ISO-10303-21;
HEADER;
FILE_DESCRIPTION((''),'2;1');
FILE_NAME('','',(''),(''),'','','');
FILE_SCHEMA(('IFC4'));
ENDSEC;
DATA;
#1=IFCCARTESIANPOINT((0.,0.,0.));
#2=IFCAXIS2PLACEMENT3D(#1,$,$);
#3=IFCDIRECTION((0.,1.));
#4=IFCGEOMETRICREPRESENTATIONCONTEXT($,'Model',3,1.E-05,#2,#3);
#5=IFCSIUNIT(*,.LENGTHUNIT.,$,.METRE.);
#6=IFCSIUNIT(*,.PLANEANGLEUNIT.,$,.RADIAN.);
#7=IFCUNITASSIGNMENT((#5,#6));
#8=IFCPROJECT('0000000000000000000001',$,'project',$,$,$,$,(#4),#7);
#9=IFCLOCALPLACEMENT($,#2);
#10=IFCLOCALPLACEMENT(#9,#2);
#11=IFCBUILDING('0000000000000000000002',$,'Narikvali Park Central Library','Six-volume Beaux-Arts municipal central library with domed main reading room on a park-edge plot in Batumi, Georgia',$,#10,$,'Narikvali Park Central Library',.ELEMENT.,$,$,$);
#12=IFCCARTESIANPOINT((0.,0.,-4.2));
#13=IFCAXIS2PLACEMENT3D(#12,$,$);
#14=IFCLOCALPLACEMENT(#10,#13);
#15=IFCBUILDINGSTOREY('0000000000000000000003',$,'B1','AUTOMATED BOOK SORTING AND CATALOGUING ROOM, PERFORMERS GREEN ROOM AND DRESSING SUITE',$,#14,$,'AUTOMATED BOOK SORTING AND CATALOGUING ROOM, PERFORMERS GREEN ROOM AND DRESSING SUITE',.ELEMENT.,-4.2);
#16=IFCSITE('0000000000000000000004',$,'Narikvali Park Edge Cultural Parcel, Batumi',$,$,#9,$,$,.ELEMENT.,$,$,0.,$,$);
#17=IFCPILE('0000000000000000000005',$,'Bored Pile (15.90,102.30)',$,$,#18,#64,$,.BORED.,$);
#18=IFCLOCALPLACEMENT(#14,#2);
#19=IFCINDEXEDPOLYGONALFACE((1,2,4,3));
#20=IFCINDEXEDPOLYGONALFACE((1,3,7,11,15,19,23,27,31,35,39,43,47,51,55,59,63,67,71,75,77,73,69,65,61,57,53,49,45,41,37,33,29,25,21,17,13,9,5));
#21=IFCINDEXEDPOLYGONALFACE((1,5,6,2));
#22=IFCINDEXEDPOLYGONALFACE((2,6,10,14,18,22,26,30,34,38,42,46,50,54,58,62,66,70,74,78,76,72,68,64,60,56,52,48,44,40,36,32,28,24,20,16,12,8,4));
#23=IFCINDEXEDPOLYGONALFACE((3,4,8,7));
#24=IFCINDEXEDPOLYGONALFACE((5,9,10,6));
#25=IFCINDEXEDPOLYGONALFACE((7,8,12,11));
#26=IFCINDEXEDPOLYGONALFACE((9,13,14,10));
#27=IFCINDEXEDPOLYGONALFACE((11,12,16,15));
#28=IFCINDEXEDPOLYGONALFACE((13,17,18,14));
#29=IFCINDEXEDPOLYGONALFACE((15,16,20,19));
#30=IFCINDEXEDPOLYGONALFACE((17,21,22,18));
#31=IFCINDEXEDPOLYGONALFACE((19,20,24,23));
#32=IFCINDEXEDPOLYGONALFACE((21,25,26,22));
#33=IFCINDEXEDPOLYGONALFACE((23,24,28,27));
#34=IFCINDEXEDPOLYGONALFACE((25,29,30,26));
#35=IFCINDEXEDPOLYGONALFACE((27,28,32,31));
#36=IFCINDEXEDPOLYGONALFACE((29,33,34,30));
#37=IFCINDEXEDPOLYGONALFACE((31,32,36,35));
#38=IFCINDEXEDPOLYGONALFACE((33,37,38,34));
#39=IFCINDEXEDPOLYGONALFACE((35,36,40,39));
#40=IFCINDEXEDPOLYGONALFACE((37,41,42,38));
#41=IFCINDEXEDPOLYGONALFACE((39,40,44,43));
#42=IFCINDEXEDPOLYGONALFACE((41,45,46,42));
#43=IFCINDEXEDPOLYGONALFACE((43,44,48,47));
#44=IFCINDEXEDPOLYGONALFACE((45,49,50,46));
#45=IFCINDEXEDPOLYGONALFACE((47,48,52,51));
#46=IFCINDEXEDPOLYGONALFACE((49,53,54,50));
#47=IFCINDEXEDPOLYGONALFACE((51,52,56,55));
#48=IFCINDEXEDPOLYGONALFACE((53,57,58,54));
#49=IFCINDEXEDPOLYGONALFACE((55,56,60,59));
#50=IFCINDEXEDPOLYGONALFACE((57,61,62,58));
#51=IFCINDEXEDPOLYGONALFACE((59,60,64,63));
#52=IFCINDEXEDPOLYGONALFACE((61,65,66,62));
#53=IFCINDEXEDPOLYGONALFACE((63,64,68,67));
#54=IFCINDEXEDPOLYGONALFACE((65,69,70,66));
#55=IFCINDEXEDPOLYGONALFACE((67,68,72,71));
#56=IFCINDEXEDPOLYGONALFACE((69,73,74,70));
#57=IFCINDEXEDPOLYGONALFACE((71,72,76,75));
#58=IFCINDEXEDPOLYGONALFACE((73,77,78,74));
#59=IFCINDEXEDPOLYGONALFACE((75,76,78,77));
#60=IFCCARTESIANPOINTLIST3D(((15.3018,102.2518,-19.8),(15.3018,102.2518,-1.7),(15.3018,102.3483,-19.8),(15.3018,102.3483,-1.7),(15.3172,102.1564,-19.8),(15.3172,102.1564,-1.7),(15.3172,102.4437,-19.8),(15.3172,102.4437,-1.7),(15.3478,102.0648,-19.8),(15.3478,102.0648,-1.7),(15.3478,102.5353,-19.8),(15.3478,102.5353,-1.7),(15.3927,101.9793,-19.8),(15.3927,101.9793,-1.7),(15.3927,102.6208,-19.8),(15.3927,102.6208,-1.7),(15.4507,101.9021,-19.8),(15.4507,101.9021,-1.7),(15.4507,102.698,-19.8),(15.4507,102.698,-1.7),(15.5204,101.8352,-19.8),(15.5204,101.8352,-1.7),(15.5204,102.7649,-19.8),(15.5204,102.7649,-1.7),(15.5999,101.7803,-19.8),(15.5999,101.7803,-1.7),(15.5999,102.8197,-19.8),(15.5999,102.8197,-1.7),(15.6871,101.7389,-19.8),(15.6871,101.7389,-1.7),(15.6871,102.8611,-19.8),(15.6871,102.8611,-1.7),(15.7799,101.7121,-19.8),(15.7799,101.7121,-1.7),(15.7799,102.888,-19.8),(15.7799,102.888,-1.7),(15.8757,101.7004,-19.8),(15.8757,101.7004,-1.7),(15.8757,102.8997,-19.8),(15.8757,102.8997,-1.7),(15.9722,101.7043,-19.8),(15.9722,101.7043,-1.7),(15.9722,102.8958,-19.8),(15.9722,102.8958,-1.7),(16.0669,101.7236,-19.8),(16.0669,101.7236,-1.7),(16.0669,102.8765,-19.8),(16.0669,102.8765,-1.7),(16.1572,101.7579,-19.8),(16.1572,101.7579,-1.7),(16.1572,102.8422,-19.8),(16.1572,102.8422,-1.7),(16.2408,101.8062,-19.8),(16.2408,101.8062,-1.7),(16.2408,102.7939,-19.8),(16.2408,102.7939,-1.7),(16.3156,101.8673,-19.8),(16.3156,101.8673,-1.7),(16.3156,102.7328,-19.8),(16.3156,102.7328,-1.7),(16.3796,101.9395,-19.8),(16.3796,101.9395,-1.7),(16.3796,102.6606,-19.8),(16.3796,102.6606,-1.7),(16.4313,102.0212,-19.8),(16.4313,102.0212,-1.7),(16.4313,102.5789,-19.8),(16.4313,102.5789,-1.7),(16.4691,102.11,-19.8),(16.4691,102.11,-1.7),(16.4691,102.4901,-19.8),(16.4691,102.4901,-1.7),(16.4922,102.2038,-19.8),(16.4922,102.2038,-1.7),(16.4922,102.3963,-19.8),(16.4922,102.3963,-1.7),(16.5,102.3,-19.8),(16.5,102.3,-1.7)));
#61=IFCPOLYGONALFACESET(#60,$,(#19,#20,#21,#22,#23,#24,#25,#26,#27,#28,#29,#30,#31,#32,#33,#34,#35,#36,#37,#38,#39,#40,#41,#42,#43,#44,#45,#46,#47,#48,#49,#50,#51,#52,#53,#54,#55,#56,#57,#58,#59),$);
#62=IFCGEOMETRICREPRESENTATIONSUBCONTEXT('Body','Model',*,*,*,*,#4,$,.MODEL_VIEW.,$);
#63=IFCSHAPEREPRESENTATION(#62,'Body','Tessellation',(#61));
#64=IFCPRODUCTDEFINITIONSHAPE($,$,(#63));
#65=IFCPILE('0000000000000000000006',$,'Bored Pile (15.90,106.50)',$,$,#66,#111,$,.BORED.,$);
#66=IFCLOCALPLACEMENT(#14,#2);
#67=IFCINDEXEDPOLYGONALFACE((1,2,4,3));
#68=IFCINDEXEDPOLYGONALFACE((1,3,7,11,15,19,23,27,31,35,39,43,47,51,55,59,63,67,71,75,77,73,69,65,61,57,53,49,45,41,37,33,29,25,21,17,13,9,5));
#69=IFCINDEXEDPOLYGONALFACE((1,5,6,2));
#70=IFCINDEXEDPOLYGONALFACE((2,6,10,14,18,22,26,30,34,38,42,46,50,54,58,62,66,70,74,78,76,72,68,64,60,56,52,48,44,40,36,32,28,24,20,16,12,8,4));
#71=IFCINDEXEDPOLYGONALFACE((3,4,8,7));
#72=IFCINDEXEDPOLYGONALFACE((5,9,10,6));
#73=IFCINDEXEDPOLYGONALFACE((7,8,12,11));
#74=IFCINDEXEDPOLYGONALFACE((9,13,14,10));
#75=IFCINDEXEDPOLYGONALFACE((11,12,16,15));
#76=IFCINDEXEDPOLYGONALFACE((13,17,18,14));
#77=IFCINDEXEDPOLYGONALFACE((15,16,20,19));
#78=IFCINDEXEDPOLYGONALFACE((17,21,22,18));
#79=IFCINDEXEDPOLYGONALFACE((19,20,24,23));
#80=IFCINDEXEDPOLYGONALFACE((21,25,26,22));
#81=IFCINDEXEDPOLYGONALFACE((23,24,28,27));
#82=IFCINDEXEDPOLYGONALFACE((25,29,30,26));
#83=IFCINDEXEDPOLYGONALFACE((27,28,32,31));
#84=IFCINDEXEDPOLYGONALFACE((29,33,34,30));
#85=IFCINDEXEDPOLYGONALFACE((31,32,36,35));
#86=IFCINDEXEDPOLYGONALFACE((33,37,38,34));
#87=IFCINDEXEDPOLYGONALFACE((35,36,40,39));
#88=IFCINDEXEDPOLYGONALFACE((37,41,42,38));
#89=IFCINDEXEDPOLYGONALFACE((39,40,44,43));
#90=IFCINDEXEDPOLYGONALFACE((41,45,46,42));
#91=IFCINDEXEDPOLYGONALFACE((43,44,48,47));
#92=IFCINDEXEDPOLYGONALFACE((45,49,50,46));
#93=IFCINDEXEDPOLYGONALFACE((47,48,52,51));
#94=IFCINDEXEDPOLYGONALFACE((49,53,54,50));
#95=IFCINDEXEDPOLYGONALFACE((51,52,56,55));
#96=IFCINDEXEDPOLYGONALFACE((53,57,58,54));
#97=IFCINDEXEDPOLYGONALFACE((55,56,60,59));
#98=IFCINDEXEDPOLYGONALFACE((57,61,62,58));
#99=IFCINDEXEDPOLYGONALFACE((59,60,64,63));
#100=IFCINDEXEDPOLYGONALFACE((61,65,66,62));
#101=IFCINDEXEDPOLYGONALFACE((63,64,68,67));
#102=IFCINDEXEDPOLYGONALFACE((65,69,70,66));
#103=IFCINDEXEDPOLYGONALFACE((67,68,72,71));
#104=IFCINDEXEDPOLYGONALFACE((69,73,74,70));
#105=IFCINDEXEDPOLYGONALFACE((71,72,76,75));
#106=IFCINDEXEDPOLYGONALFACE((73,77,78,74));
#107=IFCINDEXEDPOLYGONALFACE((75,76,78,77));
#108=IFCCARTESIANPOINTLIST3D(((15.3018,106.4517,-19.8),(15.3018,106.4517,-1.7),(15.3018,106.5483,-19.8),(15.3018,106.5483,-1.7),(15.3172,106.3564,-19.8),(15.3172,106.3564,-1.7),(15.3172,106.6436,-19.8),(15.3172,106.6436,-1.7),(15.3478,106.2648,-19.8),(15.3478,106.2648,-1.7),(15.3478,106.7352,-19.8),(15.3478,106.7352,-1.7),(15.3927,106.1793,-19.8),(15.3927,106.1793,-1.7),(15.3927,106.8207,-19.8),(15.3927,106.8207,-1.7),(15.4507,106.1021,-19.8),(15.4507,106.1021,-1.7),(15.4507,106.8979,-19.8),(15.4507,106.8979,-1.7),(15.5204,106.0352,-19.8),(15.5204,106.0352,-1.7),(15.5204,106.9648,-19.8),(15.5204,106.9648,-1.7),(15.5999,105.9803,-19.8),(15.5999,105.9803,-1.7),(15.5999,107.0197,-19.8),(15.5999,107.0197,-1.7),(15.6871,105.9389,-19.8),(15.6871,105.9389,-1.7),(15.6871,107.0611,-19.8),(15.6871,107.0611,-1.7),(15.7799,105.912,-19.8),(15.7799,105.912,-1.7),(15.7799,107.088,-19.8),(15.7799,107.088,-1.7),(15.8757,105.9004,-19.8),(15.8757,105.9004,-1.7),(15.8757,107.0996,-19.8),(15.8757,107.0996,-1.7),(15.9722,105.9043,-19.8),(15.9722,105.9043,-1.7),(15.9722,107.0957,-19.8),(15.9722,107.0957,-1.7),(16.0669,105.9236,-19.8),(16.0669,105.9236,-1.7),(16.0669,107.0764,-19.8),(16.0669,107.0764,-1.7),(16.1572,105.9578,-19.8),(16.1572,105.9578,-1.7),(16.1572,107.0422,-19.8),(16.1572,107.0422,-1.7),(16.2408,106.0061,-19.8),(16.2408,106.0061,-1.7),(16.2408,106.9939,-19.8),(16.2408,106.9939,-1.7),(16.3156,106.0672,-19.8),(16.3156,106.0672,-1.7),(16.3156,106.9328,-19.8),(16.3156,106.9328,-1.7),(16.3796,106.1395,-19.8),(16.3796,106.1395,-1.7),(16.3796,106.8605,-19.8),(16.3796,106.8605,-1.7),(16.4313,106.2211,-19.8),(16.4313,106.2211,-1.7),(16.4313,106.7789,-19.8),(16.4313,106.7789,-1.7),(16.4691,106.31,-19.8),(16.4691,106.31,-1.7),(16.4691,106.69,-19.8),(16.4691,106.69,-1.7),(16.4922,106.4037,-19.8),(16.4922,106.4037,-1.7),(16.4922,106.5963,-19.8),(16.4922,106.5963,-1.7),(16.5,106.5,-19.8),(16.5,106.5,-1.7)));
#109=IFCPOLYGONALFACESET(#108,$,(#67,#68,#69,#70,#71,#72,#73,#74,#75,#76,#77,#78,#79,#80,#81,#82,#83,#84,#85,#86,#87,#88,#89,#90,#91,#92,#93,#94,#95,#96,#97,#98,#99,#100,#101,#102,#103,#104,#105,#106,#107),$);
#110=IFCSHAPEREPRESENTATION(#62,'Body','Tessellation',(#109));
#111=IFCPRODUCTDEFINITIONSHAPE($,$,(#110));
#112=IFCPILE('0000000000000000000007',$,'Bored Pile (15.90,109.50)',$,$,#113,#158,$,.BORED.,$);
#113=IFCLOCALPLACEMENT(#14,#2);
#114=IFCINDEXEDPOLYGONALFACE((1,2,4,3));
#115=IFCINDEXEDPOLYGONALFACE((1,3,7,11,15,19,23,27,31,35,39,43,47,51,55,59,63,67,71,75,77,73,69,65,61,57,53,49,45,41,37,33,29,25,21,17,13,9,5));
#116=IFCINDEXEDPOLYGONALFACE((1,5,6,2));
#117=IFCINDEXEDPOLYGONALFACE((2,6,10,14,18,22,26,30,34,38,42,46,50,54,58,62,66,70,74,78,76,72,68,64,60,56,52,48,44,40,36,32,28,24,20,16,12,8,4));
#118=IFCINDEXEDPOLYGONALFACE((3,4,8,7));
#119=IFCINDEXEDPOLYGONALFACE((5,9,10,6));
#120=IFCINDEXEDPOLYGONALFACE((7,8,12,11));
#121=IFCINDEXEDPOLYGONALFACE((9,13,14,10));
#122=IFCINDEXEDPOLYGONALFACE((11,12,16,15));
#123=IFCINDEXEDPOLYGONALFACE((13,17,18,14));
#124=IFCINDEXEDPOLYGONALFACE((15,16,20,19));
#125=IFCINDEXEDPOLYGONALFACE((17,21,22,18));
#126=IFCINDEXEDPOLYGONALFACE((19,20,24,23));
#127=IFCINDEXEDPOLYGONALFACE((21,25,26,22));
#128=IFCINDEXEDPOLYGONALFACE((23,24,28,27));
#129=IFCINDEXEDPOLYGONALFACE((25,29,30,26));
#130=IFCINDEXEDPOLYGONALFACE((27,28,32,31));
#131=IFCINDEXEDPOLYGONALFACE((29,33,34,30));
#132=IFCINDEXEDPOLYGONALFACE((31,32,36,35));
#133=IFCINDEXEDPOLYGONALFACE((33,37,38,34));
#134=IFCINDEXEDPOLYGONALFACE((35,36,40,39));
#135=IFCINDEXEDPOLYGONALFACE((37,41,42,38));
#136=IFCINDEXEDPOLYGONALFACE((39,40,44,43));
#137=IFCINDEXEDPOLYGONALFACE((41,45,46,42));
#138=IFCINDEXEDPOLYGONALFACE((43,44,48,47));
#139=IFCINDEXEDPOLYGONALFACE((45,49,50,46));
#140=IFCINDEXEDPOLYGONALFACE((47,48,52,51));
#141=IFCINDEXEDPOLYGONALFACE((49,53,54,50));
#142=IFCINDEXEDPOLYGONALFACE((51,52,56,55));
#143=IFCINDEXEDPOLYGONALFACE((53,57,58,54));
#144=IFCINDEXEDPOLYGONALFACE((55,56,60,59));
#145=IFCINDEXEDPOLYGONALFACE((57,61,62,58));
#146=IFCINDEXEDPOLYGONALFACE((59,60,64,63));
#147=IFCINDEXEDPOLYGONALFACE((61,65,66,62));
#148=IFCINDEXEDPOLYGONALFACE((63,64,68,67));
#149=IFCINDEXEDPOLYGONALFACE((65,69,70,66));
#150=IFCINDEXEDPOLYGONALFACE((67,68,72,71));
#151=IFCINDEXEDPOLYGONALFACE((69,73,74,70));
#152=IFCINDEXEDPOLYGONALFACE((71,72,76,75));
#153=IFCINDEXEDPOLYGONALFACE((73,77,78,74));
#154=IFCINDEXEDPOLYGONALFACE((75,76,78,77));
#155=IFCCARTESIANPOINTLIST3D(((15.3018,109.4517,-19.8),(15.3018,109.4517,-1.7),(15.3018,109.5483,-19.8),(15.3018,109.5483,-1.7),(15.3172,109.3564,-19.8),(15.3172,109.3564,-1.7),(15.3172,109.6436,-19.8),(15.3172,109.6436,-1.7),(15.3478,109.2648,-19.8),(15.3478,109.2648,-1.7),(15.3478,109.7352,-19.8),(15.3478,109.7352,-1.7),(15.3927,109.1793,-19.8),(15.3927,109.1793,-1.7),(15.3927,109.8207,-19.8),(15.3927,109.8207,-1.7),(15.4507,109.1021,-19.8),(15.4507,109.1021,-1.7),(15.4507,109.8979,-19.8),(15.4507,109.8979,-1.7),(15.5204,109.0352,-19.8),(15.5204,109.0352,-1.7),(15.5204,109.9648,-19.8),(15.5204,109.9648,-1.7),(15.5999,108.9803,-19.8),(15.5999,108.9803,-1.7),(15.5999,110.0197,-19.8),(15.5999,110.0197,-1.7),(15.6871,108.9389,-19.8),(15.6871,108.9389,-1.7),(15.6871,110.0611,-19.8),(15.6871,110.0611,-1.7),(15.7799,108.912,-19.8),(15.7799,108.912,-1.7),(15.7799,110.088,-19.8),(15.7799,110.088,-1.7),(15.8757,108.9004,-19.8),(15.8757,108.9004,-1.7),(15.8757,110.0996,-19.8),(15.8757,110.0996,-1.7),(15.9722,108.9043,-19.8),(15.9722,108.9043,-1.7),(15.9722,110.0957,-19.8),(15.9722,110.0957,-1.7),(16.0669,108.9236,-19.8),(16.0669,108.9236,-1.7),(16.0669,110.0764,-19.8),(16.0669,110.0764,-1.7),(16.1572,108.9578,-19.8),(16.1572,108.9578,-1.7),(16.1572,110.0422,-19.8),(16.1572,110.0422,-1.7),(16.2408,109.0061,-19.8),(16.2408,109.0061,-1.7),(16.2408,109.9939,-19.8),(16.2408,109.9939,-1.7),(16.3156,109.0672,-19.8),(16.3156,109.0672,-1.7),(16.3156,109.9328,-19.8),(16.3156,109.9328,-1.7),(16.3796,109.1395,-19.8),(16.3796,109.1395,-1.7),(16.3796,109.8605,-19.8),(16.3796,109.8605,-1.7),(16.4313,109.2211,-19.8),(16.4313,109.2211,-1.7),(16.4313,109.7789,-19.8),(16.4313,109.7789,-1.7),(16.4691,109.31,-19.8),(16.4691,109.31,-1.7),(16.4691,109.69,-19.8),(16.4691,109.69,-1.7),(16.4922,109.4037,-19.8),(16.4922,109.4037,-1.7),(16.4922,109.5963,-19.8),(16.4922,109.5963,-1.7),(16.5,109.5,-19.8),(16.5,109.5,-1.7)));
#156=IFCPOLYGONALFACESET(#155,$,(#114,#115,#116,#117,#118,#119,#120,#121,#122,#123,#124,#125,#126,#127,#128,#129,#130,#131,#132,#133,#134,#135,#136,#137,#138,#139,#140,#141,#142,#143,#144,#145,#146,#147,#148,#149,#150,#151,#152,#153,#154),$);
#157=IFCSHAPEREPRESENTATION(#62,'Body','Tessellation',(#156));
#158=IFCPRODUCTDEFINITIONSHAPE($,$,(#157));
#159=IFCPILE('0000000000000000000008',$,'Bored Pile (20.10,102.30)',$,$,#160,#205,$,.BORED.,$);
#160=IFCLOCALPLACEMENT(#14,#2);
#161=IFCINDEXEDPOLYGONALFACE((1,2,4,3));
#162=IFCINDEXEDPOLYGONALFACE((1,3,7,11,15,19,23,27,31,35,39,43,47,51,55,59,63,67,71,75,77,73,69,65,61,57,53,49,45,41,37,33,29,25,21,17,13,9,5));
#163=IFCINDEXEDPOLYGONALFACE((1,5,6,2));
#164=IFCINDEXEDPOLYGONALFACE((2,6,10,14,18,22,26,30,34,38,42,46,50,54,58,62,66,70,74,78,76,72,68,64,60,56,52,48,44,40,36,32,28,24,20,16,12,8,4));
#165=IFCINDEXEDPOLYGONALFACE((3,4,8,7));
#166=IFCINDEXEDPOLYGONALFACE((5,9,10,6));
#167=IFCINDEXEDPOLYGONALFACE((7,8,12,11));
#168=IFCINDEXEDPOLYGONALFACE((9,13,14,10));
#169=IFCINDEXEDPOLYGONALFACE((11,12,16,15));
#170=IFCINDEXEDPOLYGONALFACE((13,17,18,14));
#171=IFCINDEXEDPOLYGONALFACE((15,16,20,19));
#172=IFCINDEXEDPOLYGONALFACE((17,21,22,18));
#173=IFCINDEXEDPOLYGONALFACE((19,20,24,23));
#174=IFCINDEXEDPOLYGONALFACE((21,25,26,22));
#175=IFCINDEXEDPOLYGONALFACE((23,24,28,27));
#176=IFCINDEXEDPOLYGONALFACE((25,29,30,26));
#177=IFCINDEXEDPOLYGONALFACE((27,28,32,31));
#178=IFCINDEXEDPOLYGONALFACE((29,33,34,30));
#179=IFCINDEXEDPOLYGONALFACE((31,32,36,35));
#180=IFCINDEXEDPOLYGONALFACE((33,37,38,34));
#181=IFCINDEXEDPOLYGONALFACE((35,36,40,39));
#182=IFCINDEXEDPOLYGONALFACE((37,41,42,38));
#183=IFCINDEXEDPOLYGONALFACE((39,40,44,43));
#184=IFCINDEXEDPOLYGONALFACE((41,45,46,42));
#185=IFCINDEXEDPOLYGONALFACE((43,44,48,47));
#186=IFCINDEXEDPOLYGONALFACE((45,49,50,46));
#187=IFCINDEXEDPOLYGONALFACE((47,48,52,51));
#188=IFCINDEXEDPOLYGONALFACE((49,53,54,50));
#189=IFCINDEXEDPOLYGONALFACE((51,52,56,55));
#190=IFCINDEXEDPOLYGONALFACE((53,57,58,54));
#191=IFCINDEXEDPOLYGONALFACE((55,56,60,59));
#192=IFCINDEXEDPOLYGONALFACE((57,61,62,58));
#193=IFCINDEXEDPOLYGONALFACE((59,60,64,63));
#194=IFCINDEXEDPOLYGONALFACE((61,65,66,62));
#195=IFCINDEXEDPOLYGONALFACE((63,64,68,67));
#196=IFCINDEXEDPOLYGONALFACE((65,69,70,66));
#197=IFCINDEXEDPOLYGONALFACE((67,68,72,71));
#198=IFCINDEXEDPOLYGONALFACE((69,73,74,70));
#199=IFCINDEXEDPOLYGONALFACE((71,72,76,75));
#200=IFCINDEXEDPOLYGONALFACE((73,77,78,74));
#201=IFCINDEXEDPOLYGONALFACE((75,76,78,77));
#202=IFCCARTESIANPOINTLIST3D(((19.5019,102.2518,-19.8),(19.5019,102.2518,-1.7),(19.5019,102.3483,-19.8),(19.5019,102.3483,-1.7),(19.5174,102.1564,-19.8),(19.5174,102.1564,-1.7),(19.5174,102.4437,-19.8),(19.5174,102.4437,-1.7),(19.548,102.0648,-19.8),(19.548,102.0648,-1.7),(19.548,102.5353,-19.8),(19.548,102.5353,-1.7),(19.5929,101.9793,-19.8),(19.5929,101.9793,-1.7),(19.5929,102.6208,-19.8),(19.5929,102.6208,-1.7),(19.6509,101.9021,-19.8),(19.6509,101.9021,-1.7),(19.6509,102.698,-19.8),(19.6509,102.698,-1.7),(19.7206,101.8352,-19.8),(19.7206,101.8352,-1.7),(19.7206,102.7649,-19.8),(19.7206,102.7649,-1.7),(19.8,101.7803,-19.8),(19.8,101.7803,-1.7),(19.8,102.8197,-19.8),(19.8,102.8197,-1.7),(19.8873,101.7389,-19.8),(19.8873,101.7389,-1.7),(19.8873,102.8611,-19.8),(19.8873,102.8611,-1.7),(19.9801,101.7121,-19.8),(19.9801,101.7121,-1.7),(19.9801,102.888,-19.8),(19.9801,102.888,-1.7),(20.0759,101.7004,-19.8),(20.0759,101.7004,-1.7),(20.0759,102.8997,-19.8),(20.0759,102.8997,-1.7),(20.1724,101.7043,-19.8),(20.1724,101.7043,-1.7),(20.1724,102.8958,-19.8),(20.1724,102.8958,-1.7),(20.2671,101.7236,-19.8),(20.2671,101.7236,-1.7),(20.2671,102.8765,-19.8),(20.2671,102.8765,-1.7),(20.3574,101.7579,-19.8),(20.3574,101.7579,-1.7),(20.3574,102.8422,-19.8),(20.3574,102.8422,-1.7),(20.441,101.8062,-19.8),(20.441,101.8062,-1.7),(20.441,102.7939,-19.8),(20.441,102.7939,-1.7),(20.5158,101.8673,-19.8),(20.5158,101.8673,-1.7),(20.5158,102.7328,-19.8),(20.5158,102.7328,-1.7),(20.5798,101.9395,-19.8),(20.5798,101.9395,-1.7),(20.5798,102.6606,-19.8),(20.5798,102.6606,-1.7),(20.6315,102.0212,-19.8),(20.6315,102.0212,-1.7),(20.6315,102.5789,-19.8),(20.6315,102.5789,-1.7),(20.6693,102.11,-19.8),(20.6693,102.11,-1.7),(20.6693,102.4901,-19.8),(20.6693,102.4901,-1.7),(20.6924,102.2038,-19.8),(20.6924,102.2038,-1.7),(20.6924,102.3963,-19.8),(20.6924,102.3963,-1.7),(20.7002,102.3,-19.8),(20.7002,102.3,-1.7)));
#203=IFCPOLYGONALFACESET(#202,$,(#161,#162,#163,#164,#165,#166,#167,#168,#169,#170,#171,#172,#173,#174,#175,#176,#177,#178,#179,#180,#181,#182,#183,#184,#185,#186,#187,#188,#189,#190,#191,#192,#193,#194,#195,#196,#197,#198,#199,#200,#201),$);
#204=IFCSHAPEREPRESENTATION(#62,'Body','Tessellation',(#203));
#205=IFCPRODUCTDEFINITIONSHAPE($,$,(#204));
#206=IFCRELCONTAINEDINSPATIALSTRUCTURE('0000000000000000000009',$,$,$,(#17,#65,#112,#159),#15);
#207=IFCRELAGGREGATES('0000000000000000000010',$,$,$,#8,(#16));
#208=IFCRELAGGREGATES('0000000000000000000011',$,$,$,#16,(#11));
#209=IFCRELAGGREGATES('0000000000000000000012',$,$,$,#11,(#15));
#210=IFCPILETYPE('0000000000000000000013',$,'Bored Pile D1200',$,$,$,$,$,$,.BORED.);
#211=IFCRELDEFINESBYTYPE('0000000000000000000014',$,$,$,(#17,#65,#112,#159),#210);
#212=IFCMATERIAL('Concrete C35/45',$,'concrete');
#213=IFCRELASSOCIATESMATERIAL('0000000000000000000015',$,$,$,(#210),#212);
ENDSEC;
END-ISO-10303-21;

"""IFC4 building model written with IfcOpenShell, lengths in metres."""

from ifc_helpers import new_model, si_unit, direction, frame, origin, origin_2d, place, context, subcontext, project, spatial, circle, extrude, material, material_profile, profile_set, type_object, element, save


model = new_model("IFC4")

# Units and contexts
model_context = context("Model", 3, precision=1e-05, world=origin(), true_north=direction((0.0, 1.0)))
body_context = subcontext(model_context, "Body", "Model", "MODEL_VIEW")
ifc_project = project(units=[si_unit("LENGTHUNIT", "METRE"), si_unit("PLANEANGLEUNIT", "RADIAN")], contexts=[model_context])

# Site, building, storey
site_placement = place(None, origin())
site = spatial("IfcSite", under=ifc_project, at=site_placement, Name="Narikvali Park Edge Cultural Parcel, Batumi", CompositionType="ELEMENT", RefElevation=0.0)
building_placement = place(site_placement, origin())
building = spatial("IfcBuilding", under=site, at=building_placement, Name="Narikvali Park Central Library", Description="Six-volume Beaux-Arts municipal central library with domed main reading room on a park-edge plot in Batumi, Georgia", LongName="Narikvali Park Central Library", CompositionType="ELEMENT")
storey_placement = place(building_placement, frame((0.0, 0.0, -4.2)))
storey = spatial("IfcBuildingStorey", under=building, at=storey_placement, Name="B1", Description="AUTOMATED BOOK SORTING AND CATALOGUING ROOM, PERFORMERS GREEN ROOM AND DRESSING SUITE", LongName="AUTOMATED BOOK SORTING AND CATALOGUING ROOM, PERFORMERS GREEN ROOM AND DRESSING SUITE", CompositionType="ELEMENT", Elevation=-4.2)

# Piles
ifc_material_1 = material(Name="Concrete C35/45", Category="concrete")
ifc_material_profile_1 = material_profile(ifc_material_1, circle(Radius=0.6001, at=origin_2d()), Name="PILE D1200")
ifc_profile_set_1 = profile_set([ifc_material_profile_1], Name="Concrete C35/45")
pile_type_1 = type_object("IfcPileType", Name="Bored Pile D1200", PredefinedType="BORED", material=ifc_profile_set_1)
for number, where, z_axis, x_axis, name in (
    (1, (15.8999, 102.3, -1.7), (0.0, 0.0, -1.0), (1.0, 0.0, 0.0), "Bored Pile (15.90,102.30)"),
    (2, (15.8999, 106.5, -1.7), (0.0, 0.0, -1.0), (1.0, 0.0, 0.0), "Bored Pile (15.90,106.50)"),
    (3, (15.8999, 109.5, -1.7), (0.0, 0.0, -1.0), (1.0, 0.0, 0.0), "Bored Pile (15.90,109.50)"),
    (4, (20.1001, 102.3, -1.7), (0.0, 0.0, -1.0), (1.0, 0.0, 0.0), "Bored Pile (20.10,102.30)"),
):
    element("IfcPile", number, at=place(storey_placement, frame(where, z_axis=z_axis, x_axis=x_axis)), inside=storey, type_object=pile_type_1, Name=name, PredefinedType="BORED", context=body_context, shape_type="SweptSolid", body=[
        extrude(circle(Radius=0.6001, at=origin_2d()), origin(), (0.0, 0.0, 1.0), 18.1001),
    ])

save(model, "model.ifc")
